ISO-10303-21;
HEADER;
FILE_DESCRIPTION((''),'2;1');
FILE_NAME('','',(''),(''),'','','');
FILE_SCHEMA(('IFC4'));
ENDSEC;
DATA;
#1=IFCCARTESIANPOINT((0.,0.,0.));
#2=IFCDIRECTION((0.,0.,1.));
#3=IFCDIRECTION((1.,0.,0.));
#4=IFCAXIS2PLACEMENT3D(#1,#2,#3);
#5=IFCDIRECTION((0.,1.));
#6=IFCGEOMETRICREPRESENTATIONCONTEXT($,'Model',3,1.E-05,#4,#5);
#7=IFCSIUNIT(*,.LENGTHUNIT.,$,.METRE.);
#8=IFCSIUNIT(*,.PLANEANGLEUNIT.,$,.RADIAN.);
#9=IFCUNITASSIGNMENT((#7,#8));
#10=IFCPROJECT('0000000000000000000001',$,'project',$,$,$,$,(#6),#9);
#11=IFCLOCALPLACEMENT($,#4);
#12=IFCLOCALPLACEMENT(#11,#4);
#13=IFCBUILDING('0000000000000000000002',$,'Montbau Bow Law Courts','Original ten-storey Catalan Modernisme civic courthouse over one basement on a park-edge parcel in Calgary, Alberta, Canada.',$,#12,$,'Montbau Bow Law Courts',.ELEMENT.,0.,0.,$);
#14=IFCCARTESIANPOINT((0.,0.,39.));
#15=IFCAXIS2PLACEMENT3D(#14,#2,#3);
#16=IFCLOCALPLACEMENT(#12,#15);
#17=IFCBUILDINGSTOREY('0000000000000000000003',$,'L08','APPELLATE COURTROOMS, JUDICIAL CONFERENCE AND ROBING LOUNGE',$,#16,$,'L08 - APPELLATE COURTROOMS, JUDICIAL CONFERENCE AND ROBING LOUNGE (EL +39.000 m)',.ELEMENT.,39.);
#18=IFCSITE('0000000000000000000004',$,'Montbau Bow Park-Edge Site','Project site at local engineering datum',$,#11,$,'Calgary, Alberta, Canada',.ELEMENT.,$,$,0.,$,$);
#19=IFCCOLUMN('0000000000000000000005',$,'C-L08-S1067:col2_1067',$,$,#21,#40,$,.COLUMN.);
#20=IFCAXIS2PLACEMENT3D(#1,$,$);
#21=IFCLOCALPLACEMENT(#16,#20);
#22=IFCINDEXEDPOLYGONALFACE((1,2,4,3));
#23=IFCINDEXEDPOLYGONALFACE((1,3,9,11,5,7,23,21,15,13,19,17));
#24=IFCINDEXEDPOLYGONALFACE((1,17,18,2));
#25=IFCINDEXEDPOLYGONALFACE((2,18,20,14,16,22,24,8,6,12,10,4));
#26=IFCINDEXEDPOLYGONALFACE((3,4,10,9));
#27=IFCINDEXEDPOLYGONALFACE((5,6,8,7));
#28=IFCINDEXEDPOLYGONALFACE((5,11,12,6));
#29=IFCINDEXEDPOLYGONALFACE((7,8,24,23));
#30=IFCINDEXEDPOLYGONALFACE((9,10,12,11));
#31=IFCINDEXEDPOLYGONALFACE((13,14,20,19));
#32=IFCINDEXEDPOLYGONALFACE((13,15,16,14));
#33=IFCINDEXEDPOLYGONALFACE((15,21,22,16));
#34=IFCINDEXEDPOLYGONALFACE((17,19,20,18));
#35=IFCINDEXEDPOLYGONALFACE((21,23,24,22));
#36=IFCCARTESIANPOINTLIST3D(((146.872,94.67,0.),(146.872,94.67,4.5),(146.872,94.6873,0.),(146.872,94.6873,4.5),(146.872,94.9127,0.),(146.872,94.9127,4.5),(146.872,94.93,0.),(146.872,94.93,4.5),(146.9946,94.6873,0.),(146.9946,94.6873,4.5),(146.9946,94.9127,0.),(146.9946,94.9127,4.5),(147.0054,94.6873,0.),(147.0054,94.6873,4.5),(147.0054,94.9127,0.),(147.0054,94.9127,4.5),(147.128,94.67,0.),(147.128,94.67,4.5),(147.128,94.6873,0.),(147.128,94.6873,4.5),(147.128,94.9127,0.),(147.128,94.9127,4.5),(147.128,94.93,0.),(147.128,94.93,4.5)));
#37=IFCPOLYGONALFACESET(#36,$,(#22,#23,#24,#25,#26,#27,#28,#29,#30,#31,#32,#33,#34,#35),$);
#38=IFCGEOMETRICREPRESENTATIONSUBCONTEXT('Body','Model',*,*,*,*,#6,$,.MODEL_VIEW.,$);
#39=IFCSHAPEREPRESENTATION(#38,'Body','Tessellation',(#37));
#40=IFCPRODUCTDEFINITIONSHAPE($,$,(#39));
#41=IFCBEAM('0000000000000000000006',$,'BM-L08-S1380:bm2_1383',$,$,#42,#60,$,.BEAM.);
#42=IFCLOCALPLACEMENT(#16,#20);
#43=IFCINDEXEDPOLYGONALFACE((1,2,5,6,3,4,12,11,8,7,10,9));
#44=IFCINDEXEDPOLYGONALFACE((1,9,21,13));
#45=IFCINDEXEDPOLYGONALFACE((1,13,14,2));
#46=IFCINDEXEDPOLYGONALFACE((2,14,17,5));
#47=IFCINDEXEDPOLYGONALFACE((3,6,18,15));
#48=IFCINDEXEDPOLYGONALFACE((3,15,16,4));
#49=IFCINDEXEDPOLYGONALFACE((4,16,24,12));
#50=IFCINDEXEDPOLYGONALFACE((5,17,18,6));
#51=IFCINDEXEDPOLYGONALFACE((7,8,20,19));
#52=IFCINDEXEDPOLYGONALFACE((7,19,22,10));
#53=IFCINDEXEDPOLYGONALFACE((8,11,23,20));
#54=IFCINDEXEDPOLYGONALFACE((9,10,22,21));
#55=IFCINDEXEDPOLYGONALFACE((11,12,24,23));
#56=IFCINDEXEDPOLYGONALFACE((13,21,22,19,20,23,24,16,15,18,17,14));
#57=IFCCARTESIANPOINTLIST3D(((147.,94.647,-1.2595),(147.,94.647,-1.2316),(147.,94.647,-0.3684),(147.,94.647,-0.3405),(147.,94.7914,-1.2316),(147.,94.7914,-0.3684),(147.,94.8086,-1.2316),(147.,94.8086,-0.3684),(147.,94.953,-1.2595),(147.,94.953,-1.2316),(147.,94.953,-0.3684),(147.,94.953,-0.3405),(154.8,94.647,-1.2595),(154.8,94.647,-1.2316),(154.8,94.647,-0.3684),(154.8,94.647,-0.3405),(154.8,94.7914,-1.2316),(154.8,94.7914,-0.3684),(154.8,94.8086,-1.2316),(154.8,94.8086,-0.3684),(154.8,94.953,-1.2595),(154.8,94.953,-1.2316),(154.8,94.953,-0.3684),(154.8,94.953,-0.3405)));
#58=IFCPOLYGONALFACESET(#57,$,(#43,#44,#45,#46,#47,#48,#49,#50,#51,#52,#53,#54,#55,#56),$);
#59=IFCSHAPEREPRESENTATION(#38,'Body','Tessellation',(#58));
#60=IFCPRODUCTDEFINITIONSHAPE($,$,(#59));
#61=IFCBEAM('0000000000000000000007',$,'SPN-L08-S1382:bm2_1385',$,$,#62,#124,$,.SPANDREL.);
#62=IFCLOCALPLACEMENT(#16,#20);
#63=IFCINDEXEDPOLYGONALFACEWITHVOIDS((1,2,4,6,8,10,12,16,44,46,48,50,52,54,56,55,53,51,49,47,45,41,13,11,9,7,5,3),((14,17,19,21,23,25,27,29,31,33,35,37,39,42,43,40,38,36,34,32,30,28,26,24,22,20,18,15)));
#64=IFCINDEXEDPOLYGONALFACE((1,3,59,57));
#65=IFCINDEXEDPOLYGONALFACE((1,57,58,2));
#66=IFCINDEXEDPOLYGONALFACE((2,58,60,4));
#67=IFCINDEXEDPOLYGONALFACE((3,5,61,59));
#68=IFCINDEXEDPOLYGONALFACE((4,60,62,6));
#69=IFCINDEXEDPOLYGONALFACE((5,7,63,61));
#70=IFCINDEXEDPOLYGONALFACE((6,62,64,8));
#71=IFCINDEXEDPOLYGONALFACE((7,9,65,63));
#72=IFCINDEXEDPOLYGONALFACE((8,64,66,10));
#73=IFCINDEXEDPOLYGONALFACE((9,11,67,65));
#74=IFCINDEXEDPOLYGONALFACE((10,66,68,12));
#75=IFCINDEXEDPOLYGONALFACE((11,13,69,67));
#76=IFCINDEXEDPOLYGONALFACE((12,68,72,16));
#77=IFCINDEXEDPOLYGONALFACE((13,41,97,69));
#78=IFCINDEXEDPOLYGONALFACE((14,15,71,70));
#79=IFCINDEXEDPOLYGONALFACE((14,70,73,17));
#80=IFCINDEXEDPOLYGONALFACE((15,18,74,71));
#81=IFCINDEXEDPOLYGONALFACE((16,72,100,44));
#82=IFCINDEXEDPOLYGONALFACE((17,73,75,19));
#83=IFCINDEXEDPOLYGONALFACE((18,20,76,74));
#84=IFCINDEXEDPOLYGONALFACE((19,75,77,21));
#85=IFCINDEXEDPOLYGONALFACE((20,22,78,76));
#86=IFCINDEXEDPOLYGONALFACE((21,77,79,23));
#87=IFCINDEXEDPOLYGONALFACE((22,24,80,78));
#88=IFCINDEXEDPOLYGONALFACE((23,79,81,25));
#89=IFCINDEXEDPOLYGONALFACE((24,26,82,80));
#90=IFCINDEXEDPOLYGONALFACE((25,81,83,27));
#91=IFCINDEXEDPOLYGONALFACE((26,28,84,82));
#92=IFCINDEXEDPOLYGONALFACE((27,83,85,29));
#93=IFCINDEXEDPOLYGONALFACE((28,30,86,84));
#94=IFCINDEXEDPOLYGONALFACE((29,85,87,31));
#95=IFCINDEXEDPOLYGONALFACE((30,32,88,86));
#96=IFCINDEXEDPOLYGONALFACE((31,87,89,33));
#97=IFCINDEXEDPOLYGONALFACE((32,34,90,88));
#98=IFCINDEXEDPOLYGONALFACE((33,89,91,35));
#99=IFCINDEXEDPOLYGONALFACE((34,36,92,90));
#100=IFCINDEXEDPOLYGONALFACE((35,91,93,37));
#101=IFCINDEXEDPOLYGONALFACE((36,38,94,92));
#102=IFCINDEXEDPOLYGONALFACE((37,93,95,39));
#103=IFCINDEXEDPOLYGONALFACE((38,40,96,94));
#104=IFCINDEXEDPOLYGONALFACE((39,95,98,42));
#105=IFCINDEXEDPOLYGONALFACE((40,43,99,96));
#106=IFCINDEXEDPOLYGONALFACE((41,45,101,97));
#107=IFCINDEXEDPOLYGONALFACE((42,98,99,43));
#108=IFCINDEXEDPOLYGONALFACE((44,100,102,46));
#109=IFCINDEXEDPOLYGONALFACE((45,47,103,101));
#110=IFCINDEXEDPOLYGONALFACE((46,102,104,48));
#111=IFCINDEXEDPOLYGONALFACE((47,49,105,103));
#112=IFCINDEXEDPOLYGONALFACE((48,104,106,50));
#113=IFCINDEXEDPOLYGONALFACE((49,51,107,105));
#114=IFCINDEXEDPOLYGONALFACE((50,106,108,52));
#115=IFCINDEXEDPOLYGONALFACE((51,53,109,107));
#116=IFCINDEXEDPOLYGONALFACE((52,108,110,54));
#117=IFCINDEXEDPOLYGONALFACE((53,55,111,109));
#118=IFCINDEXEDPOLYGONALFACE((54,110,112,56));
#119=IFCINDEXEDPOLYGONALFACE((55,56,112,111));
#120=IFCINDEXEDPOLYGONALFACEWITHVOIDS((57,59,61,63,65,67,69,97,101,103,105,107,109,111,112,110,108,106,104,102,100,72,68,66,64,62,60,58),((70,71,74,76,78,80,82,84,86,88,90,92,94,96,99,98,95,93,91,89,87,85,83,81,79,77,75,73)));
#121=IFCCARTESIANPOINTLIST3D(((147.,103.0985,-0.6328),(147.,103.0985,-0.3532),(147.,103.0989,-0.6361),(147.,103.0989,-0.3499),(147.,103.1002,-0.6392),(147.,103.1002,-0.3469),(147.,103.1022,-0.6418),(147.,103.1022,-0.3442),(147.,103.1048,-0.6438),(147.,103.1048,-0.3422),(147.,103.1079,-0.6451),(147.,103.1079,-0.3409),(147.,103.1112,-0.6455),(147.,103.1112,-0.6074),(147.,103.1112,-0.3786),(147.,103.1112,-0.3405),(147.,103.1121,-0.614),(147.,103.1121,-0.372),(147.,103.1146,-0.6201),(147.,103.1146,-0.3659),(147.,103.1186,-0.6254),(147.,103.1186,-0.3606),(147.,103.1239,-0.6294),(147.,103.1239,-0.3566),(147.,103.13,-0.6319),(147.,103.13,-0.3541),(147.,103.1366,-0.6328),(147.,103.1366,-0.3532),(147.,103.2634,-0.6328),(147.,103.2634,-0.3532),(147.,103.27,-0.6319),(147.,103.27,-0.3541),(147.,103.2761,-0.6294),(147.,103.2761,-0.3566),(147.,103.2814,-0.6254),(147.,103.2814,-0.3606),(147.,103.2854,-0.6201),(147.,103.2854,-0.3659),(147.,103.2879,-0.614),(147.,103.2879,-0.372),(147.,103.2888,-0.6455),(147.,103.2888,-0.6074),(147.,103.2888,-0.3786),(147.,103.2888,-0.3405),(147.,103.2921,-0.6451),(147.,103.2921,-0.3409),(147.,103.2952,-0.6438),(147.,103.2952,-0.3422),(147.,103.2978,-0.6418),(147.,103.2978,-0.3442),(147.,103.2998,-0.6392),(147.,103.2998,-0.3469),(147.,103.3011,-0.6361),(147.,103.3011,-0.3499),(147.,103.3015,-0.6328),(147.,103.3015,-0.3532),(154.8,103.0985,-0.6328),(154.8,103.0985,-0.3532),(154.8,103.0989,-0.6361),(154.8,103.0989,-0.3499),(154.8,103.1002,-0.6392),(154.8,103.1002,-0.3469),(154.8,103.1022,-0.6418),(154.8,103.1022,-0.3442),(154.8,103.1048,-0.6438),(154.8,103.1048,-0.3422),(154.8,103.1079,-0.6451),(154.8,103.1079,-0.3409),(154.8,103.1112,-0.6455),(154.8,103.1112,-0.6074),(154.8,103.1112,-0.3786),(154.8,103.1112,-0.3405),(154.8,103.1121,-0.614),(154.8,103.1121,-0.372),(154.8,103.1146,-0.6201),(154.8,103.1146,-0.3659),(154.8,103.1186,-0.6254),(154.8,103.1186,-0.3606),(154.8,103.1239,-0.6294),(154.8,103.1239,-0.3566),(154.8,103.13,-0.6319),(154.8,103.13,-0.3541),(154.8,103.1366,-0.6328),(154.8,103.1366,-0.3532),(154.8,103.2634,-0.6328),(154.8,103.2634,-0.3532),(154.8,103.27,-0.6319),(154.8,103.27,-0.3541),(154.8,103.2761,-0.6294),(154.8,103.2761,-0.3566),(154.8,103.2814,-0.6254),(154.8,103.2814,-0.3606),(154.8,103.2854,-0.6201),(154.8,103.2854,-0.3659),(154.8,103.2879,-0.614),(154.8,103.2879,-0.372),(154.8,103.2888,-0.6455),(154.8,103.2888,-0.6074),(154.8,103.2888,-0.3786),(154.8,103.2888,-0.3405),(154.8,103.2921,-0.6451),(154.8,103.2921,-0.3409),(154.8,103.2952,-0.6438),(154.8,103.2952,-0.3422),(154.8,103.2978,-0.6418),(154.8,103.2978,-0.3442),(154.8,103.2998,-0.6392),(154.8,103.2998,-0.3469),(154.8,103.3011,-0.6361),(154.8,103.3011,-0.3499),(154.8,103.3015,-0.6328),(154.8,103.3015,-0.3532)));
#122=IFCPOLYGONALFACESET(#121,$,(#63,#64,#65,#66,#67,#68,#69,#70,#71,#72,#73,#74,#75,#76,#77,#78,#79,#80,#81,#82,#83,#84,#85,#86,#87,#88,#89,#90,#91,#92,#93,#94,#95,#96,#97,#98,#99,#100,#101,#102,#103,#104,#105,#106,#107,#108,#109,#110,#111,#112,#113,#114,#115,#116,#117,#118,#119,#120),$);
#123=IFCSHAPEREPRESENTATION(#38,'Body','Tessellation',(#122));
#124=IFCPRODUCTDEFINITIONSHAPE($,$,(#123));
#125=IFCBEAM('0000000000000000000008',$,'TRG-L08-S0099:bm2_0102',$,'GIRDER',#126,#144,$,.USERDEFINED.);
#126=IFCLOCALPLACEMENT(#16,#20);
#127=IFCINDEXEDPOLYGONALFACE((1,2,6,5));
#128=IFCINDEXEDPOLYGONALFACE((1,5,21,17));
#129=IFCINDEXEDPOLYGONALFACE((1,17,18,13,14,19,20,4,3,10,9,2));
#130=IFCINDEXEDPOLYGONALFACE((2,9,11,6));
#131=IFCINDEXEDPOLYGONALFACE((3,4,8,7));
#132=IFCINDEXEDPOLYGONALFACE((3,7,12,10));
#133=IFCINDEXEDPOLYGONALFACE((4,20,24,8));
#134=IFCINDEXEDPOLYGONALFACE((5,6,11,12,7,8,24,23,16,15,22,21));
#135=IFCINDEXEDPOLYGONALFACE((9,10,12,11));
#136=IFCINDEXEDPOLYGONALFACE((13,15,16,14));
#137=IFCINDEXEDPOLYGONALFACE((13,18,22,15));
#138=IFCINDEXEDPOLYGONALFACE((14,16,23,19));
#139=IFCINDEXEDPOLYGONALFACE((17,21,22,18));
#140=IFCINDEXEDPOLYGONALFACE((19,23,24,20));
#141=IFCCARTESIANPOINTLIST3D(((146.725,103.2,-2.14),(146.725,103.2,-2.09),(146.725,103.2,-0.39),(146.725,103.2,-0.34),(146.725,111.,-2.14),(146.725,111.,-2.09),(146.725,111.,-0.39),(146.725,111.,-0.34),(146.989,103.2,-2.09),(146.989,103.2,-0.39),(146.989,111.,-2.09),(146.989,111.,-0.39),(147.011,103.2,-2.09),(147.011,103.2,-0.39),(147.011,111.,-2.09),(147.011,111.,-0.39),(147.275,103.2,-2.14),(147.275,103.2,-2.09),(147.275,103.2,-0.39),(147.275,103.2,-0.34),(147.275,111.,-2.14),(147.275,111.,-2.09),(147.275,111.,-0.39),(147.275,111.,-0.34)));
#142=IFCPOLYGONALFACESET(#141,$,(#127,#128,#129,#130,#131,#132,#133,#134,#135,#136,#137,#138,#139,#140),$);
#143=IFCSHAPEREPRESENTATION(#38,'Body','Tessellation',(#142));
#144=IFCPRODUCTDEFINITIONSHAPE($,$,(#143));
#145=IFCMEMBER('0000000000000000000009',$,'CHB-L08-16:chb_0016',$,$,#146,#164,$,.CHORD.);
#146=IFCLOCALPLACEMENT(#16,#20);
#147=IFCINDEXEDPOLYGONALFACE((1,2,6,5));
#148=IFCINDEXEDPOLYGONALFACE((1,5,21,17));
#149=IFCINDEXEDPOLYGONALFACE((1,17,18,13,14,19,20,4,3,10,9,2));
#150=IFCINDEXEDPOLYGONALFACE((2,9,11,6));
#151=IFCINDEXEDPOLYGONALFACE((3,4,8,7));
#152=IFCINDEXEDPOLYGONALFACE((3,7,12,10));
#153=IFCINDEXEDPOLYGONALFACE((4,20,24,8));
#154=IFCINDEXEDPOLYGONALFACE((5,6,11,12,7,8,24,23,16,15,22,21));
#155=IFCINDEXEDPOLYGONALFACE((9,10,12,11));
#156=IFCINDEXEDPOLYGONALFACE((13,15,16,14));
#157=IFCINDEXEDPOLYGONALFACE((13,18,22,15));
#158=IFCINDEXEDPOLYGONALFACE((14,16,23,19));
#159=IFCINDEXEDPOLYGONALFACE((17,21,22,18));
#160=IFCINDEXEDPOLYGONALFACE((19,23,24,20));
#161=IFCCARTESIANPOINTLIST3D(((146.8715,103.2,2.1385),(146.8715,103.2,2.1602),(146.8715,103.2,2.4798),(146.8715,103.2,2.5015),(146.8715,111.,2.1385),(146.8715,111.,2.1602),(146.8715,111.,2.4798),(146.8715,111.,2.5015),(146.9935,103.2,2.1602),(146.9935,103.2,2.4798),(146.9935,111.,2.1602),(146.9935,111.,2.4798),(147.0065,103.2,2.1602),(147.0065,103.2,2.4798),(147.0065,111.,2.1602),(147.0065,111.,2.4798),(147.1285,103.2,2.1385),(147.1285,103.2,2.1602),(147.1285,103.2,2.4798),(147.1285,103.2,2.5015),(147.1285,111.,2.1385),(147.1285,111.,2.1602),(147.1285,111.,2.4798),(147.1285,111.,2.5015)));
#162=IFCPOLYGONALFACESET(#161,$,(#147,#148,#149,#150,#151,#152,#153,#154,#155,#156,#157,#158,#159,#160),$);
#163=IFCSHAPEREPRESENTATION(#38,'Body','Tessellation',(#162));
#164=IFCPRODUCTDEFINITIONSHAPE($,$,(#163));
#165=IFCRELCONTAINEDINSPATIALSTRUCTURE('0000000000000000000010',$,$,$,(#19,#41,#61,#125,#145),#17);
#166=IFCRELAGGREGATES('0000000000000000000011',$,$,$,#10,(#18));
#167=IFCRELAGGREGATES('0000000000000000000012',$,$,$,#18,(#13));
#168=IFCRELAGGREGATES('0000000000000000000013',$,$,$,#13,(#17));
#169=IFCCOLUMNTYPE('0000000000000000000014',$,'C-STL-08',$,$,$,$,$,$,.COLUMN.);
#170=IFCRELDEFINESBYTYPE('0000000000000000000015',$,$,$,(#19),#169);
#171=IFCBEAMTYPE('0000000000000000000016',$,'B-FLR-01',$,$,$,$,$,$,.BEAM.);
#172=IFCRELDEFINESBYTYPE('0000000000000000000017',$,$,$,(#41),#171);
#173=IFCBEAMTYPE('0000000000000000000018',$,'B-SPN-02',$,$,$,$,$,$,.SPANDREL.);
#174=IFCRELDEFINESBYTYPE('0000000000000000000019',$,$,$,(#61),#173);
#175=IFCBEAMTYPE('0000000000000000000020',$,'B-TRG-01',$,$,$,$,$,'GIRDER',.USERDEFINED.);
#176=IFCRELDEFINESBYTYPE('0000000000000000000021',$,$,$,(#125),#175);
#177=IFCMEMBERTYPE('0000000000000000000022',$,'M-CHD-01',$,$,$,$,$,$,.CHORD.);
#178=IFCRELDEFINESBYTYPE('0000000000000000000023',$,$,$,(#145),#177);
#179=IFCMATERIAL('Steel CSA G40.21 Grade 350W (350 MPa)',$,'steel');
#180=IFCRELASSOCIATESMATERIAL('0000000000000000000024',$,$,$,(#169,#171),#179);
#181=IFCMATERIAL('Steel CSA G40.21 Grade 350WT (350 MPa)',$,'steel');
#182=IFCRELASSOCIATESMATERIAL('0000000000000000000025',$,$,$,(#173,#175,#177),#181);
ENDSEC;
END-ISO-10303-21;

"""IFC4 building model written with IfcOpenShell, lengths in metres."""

from ifc_helpers import new_model, si_unit, direction, frame, origin_with_axes, origin_2d_with_axis, place, context, subcontext, project, spatial, hollow_rectangle, i_section, extrude, material, material_profile, profile_set, type_object, element, save


model = new_model("IFC4")

# Units and contexts
model_context = context("Model", 3, precision=1e-05, world=origin_with_axes(), true_north=direction((0.0, 1.0)))
body_context = subcontext(model_context, "Body", "Model", "MODEL_VIEW")
ifc_project = project(units=[si_unit("LENGTHUNIT", "METRE"), si_unit("PLANEANGLEUNIT", "RADIAN")], contexts=[model_context])

# Site, building, storey
site_placement = place(None, origin_with_axes())
site = spatial("IfcSite", under=ifc_project, at=site_placement, Name="Montbau Bow Park-Edge Site", Description="Project site at local engineering datum", LongName="Calgary, Alberta, Canada", CompositionType="ELEMENT", RefElevation=0.0)
building_placement = place(site_placement, origin_with_axes())
building = spatial("IfcBuilding", under=site, at=building_placement, Name="Montbau Bow Law Courts", Description="Original ten-storey Catalan Modernisme civic courthouse over one basement on a park-edge parcel in Calgary, Alberta, Canada.", LongName="Montbau Bow Law Courts", CompositionType="ELEMENT", ElevationOfRefHeight=0.0, ElevationOfTerrain=0.0)
storey_placement = place(building_placement, frame((0.0, 0.0, 39.0), z_axis=(0.0, 0.0, 1.0), x_axis=(1.0, 0.0, 0.0)))
storey = spatial("IfcBuildingStorey", under=building, at=storey_placement, Name="L08", Description="APPELLATE COURTROOMS, JUDICIAL CONFERENCE AND ROBING LOUNGE", LongName="L08 - APPELLATE COURTROOMS, JUDICIAL CONFERENCE AND ROBING LOUNGE (EL +39.000 m)", CompositionType="ELEMENT", Elevation=39.0)

# Column
ifc_material_1 = material(Name="Steel CSA G40.21 Grade 350W (350 MPa)", Category="steel")
ifc_material_profile_1 = material_profile(ifc_material_1, i_section(OverallWidth=0.256, OverallDepth=0.26, WebThickness=0.0107, FlangeThickness=0.0173, at=origin_2d_with_axis()), Name="W250X89", Category="Main", Priority=0)
ifc_profile_set_1 = profile_set([ifc_material_profile_1], Name="Steel CSA G40.21 Grade 350W (350 MPa)")
column_type = type_object("IfcColumnType", Name="C-STL-08", PredefinedType="COLUMN", material=ifc_profile_set_1)
column_placement = place(None, frame((147.0, 94.8, 39.0), z_axis=(0.0, 0.0, 1.0), x_axis=(1.0, 0.0, 0.0)))
element("IfcColumn", 1, at=column_placement, inside=storey, type_object=column_type, Name="C-L08-S1067:col2_1067", PredefinedType="COLUMN", context=body_context, shape_type="SweptSolid", body=[
    extrude(i_section(OverallWidth=0.256, OverallDepth=0.26, WebThickness=0.0107, FlangeThickness=0.0173, at=origin_2d_with_axis()), origin_with_axes(), (0.0, 0.0, 1.0), 4.5),
])

# Beams
ifc_material_profile_2 = material_profile(ifc_material_1, i_section(OverallWidth=0.306, OverallDepth=0.919, WebThickness=0.0173, FlangeThickness=0.0279, at=origin_2d_with_axis()), Name="W920X253", Category="Main", Priority=0)
ifc_profile_set_2 = profile_set([ifc_material_profile_2], Name="Steel CSA G40.21 Grade 350W (350 MPa)")
beam_type_1 = type_object("IfcBeamType", Name="B-FLR-01", PredefinedType="BEAM", material=ifc_profile_set_2)
beam_1_placement = place(None, frame((147.0, 94.8, 38.2), z_axis=(1.0, 0.0, 0.0), x_axis=(0.0, 1.0, 0.0)))
element("IfcBeam", 2, at=beam_1_placement, inside=storey, type_object=beam_type_1, Name="BM-L08-S1380:bm2_1383", PredefinedType="BEAM", context=body_context, shape_type="SweptSolid", body=[
    extrude(i_section(OverallWidth=0.306, OverallDepth=0.919, WebThickness=0.0173, FlangeThickness=0.0279, at=origin_2d_with_axis()), origin_with_axes(), (0.0, 0.0, 1.0), 7.8),
])
ifc_material_2 = material(Name="Steel CSA G40.21 Grade 350WT (350 MPa)", Category="steel")
ifc_material_profile_3 = material_profile(ifc_material_2, hollow_rectangle(XDim=0.203, YDim=0.305, WallThickness=0.0127, InnerFilletRadius=0.0254, OuterFilletRadius=0.0127, at=origin_2d_with_axis()), Name="HSS305X203X13", Category="Main", Priority=0)
ifc_profile_set_3 = profile_set([ifc_material_profile_3], Name="Steel CSA G40.21 Grade 350WT (350 MPa)")
beam_type_2 = type_object("IfcBeamType", Name="B-SPN-02", PredefinedType="SPANDREL", material=ifc_profile_set_3)
beam_2_placement = place(None, frame((147.0, 103.2, 38.507), z_axis=(1.0, 0.0, 0.0), x_axis=(0.0, 1.0, 0.0)))
element("IfcBeam", 3, at=beam_2_placement, inside=storey, type_object=beam_type_2, Name="SPN-L08-S1382:bm2_1385", PredefinedType="SPANDREL", context=body_context, shape_type="SweptSolid", body=[
    extrude(hollow_rectangle(XDim=0.203, YDim=0.305, WallThickness=0.0127, InnerFilletRadius=0.0254, OuterFilletRadius=0.0127, at=origin_2d_with_axis()), origin_with_axes(), (0.0, 0.0, 1.0), 7.8),
])
ifc_material_profile_4 = material_profile(ifc_material_2, i_section(OverallWidth=0.55, OverallDepth=1.8, WebThickness=0.022, FlangeThickness=0.05, at=origin_2d_with_axis()), Name="WWF1800X550", Category="Main", Priority=0)
ifc_profile_set_4 = profile_set([ifc_material_profile_4], Name="Steel CSA G40.21 Grade 350WT (350 MPa)")
beam_type_3 = type_object("IfcBeamType", Name="B-TRG-01", ElementType="GIRDER", PredefinedType="USERDEFINED", material=ifc_profile_set_4)
beam_3_placement = place(None, frame((147.0, 103.2, 37.76), z_axis=(0.0, 1.0, 0.0), x_axis=(-1.0, 0.0, 0.0)))
element("IfcBeam", 4, at=beam_3_placement, inside=storey, type_object=beam_type_3, Name="TRG-L08-S0099:bm2_0102", ObjectType="GIRDER", PredefinedType="USERDEFINED", context=body_context, shape_type="SweptSolid", body=[
    extrude(i_section(OverallWidth=0.55, OverallDepth=1.8, WebThickness=0.022, FlangeThickness=0.05, at=origin_2d_with_axis()), origin_with_axes(), (0.0, 0.0, 1.0), 7.8),
])

# Member
ifc_material_profile_5 = material_profile(ifc_material_2, i_section(OverallWidth=0.257, OverallDepth=0.363, WebThickness=0.013, FlangeThickness=0.0217, at=origin_2d_with_axis()), Name="W360X122", Category="Main", Priority=0)
ifc_profile_set_5 = profile_set([ifc_material_profile_5], Name="Steel CSA G40.21 Grade 350WT (350 MPa)")
member_type_1 = type_object("IfcMemberType", Name="M-CHD-01", PredefinedType="CHORD", material=ifc_profile_set_5)
member_1_placement = place(None, frame((147.0, 103.2, 41.32), z_axis=(0.0, 1.0, 0.0), x_axis=(-1.0, 0.0, 0.0)))
element("IfcMember", 5, at=member_1_placement, inside=storey, type_object=member_type_1, Name="CHB-L08-16:chb_0016", PredefinedType="CHORD", context=body_context, shape_type="SweptSolid", body=[
    extrude(i_section(OverallWidth=0.257, OverallDepth=0.363, WebThickness=0.013, FlangeThickness=0.0217, at=origin_2d_with_axis()), origin_with_axes(), (0.0, 0.0, 1.0), 7.8),
])

save(model, "model.ifc")
